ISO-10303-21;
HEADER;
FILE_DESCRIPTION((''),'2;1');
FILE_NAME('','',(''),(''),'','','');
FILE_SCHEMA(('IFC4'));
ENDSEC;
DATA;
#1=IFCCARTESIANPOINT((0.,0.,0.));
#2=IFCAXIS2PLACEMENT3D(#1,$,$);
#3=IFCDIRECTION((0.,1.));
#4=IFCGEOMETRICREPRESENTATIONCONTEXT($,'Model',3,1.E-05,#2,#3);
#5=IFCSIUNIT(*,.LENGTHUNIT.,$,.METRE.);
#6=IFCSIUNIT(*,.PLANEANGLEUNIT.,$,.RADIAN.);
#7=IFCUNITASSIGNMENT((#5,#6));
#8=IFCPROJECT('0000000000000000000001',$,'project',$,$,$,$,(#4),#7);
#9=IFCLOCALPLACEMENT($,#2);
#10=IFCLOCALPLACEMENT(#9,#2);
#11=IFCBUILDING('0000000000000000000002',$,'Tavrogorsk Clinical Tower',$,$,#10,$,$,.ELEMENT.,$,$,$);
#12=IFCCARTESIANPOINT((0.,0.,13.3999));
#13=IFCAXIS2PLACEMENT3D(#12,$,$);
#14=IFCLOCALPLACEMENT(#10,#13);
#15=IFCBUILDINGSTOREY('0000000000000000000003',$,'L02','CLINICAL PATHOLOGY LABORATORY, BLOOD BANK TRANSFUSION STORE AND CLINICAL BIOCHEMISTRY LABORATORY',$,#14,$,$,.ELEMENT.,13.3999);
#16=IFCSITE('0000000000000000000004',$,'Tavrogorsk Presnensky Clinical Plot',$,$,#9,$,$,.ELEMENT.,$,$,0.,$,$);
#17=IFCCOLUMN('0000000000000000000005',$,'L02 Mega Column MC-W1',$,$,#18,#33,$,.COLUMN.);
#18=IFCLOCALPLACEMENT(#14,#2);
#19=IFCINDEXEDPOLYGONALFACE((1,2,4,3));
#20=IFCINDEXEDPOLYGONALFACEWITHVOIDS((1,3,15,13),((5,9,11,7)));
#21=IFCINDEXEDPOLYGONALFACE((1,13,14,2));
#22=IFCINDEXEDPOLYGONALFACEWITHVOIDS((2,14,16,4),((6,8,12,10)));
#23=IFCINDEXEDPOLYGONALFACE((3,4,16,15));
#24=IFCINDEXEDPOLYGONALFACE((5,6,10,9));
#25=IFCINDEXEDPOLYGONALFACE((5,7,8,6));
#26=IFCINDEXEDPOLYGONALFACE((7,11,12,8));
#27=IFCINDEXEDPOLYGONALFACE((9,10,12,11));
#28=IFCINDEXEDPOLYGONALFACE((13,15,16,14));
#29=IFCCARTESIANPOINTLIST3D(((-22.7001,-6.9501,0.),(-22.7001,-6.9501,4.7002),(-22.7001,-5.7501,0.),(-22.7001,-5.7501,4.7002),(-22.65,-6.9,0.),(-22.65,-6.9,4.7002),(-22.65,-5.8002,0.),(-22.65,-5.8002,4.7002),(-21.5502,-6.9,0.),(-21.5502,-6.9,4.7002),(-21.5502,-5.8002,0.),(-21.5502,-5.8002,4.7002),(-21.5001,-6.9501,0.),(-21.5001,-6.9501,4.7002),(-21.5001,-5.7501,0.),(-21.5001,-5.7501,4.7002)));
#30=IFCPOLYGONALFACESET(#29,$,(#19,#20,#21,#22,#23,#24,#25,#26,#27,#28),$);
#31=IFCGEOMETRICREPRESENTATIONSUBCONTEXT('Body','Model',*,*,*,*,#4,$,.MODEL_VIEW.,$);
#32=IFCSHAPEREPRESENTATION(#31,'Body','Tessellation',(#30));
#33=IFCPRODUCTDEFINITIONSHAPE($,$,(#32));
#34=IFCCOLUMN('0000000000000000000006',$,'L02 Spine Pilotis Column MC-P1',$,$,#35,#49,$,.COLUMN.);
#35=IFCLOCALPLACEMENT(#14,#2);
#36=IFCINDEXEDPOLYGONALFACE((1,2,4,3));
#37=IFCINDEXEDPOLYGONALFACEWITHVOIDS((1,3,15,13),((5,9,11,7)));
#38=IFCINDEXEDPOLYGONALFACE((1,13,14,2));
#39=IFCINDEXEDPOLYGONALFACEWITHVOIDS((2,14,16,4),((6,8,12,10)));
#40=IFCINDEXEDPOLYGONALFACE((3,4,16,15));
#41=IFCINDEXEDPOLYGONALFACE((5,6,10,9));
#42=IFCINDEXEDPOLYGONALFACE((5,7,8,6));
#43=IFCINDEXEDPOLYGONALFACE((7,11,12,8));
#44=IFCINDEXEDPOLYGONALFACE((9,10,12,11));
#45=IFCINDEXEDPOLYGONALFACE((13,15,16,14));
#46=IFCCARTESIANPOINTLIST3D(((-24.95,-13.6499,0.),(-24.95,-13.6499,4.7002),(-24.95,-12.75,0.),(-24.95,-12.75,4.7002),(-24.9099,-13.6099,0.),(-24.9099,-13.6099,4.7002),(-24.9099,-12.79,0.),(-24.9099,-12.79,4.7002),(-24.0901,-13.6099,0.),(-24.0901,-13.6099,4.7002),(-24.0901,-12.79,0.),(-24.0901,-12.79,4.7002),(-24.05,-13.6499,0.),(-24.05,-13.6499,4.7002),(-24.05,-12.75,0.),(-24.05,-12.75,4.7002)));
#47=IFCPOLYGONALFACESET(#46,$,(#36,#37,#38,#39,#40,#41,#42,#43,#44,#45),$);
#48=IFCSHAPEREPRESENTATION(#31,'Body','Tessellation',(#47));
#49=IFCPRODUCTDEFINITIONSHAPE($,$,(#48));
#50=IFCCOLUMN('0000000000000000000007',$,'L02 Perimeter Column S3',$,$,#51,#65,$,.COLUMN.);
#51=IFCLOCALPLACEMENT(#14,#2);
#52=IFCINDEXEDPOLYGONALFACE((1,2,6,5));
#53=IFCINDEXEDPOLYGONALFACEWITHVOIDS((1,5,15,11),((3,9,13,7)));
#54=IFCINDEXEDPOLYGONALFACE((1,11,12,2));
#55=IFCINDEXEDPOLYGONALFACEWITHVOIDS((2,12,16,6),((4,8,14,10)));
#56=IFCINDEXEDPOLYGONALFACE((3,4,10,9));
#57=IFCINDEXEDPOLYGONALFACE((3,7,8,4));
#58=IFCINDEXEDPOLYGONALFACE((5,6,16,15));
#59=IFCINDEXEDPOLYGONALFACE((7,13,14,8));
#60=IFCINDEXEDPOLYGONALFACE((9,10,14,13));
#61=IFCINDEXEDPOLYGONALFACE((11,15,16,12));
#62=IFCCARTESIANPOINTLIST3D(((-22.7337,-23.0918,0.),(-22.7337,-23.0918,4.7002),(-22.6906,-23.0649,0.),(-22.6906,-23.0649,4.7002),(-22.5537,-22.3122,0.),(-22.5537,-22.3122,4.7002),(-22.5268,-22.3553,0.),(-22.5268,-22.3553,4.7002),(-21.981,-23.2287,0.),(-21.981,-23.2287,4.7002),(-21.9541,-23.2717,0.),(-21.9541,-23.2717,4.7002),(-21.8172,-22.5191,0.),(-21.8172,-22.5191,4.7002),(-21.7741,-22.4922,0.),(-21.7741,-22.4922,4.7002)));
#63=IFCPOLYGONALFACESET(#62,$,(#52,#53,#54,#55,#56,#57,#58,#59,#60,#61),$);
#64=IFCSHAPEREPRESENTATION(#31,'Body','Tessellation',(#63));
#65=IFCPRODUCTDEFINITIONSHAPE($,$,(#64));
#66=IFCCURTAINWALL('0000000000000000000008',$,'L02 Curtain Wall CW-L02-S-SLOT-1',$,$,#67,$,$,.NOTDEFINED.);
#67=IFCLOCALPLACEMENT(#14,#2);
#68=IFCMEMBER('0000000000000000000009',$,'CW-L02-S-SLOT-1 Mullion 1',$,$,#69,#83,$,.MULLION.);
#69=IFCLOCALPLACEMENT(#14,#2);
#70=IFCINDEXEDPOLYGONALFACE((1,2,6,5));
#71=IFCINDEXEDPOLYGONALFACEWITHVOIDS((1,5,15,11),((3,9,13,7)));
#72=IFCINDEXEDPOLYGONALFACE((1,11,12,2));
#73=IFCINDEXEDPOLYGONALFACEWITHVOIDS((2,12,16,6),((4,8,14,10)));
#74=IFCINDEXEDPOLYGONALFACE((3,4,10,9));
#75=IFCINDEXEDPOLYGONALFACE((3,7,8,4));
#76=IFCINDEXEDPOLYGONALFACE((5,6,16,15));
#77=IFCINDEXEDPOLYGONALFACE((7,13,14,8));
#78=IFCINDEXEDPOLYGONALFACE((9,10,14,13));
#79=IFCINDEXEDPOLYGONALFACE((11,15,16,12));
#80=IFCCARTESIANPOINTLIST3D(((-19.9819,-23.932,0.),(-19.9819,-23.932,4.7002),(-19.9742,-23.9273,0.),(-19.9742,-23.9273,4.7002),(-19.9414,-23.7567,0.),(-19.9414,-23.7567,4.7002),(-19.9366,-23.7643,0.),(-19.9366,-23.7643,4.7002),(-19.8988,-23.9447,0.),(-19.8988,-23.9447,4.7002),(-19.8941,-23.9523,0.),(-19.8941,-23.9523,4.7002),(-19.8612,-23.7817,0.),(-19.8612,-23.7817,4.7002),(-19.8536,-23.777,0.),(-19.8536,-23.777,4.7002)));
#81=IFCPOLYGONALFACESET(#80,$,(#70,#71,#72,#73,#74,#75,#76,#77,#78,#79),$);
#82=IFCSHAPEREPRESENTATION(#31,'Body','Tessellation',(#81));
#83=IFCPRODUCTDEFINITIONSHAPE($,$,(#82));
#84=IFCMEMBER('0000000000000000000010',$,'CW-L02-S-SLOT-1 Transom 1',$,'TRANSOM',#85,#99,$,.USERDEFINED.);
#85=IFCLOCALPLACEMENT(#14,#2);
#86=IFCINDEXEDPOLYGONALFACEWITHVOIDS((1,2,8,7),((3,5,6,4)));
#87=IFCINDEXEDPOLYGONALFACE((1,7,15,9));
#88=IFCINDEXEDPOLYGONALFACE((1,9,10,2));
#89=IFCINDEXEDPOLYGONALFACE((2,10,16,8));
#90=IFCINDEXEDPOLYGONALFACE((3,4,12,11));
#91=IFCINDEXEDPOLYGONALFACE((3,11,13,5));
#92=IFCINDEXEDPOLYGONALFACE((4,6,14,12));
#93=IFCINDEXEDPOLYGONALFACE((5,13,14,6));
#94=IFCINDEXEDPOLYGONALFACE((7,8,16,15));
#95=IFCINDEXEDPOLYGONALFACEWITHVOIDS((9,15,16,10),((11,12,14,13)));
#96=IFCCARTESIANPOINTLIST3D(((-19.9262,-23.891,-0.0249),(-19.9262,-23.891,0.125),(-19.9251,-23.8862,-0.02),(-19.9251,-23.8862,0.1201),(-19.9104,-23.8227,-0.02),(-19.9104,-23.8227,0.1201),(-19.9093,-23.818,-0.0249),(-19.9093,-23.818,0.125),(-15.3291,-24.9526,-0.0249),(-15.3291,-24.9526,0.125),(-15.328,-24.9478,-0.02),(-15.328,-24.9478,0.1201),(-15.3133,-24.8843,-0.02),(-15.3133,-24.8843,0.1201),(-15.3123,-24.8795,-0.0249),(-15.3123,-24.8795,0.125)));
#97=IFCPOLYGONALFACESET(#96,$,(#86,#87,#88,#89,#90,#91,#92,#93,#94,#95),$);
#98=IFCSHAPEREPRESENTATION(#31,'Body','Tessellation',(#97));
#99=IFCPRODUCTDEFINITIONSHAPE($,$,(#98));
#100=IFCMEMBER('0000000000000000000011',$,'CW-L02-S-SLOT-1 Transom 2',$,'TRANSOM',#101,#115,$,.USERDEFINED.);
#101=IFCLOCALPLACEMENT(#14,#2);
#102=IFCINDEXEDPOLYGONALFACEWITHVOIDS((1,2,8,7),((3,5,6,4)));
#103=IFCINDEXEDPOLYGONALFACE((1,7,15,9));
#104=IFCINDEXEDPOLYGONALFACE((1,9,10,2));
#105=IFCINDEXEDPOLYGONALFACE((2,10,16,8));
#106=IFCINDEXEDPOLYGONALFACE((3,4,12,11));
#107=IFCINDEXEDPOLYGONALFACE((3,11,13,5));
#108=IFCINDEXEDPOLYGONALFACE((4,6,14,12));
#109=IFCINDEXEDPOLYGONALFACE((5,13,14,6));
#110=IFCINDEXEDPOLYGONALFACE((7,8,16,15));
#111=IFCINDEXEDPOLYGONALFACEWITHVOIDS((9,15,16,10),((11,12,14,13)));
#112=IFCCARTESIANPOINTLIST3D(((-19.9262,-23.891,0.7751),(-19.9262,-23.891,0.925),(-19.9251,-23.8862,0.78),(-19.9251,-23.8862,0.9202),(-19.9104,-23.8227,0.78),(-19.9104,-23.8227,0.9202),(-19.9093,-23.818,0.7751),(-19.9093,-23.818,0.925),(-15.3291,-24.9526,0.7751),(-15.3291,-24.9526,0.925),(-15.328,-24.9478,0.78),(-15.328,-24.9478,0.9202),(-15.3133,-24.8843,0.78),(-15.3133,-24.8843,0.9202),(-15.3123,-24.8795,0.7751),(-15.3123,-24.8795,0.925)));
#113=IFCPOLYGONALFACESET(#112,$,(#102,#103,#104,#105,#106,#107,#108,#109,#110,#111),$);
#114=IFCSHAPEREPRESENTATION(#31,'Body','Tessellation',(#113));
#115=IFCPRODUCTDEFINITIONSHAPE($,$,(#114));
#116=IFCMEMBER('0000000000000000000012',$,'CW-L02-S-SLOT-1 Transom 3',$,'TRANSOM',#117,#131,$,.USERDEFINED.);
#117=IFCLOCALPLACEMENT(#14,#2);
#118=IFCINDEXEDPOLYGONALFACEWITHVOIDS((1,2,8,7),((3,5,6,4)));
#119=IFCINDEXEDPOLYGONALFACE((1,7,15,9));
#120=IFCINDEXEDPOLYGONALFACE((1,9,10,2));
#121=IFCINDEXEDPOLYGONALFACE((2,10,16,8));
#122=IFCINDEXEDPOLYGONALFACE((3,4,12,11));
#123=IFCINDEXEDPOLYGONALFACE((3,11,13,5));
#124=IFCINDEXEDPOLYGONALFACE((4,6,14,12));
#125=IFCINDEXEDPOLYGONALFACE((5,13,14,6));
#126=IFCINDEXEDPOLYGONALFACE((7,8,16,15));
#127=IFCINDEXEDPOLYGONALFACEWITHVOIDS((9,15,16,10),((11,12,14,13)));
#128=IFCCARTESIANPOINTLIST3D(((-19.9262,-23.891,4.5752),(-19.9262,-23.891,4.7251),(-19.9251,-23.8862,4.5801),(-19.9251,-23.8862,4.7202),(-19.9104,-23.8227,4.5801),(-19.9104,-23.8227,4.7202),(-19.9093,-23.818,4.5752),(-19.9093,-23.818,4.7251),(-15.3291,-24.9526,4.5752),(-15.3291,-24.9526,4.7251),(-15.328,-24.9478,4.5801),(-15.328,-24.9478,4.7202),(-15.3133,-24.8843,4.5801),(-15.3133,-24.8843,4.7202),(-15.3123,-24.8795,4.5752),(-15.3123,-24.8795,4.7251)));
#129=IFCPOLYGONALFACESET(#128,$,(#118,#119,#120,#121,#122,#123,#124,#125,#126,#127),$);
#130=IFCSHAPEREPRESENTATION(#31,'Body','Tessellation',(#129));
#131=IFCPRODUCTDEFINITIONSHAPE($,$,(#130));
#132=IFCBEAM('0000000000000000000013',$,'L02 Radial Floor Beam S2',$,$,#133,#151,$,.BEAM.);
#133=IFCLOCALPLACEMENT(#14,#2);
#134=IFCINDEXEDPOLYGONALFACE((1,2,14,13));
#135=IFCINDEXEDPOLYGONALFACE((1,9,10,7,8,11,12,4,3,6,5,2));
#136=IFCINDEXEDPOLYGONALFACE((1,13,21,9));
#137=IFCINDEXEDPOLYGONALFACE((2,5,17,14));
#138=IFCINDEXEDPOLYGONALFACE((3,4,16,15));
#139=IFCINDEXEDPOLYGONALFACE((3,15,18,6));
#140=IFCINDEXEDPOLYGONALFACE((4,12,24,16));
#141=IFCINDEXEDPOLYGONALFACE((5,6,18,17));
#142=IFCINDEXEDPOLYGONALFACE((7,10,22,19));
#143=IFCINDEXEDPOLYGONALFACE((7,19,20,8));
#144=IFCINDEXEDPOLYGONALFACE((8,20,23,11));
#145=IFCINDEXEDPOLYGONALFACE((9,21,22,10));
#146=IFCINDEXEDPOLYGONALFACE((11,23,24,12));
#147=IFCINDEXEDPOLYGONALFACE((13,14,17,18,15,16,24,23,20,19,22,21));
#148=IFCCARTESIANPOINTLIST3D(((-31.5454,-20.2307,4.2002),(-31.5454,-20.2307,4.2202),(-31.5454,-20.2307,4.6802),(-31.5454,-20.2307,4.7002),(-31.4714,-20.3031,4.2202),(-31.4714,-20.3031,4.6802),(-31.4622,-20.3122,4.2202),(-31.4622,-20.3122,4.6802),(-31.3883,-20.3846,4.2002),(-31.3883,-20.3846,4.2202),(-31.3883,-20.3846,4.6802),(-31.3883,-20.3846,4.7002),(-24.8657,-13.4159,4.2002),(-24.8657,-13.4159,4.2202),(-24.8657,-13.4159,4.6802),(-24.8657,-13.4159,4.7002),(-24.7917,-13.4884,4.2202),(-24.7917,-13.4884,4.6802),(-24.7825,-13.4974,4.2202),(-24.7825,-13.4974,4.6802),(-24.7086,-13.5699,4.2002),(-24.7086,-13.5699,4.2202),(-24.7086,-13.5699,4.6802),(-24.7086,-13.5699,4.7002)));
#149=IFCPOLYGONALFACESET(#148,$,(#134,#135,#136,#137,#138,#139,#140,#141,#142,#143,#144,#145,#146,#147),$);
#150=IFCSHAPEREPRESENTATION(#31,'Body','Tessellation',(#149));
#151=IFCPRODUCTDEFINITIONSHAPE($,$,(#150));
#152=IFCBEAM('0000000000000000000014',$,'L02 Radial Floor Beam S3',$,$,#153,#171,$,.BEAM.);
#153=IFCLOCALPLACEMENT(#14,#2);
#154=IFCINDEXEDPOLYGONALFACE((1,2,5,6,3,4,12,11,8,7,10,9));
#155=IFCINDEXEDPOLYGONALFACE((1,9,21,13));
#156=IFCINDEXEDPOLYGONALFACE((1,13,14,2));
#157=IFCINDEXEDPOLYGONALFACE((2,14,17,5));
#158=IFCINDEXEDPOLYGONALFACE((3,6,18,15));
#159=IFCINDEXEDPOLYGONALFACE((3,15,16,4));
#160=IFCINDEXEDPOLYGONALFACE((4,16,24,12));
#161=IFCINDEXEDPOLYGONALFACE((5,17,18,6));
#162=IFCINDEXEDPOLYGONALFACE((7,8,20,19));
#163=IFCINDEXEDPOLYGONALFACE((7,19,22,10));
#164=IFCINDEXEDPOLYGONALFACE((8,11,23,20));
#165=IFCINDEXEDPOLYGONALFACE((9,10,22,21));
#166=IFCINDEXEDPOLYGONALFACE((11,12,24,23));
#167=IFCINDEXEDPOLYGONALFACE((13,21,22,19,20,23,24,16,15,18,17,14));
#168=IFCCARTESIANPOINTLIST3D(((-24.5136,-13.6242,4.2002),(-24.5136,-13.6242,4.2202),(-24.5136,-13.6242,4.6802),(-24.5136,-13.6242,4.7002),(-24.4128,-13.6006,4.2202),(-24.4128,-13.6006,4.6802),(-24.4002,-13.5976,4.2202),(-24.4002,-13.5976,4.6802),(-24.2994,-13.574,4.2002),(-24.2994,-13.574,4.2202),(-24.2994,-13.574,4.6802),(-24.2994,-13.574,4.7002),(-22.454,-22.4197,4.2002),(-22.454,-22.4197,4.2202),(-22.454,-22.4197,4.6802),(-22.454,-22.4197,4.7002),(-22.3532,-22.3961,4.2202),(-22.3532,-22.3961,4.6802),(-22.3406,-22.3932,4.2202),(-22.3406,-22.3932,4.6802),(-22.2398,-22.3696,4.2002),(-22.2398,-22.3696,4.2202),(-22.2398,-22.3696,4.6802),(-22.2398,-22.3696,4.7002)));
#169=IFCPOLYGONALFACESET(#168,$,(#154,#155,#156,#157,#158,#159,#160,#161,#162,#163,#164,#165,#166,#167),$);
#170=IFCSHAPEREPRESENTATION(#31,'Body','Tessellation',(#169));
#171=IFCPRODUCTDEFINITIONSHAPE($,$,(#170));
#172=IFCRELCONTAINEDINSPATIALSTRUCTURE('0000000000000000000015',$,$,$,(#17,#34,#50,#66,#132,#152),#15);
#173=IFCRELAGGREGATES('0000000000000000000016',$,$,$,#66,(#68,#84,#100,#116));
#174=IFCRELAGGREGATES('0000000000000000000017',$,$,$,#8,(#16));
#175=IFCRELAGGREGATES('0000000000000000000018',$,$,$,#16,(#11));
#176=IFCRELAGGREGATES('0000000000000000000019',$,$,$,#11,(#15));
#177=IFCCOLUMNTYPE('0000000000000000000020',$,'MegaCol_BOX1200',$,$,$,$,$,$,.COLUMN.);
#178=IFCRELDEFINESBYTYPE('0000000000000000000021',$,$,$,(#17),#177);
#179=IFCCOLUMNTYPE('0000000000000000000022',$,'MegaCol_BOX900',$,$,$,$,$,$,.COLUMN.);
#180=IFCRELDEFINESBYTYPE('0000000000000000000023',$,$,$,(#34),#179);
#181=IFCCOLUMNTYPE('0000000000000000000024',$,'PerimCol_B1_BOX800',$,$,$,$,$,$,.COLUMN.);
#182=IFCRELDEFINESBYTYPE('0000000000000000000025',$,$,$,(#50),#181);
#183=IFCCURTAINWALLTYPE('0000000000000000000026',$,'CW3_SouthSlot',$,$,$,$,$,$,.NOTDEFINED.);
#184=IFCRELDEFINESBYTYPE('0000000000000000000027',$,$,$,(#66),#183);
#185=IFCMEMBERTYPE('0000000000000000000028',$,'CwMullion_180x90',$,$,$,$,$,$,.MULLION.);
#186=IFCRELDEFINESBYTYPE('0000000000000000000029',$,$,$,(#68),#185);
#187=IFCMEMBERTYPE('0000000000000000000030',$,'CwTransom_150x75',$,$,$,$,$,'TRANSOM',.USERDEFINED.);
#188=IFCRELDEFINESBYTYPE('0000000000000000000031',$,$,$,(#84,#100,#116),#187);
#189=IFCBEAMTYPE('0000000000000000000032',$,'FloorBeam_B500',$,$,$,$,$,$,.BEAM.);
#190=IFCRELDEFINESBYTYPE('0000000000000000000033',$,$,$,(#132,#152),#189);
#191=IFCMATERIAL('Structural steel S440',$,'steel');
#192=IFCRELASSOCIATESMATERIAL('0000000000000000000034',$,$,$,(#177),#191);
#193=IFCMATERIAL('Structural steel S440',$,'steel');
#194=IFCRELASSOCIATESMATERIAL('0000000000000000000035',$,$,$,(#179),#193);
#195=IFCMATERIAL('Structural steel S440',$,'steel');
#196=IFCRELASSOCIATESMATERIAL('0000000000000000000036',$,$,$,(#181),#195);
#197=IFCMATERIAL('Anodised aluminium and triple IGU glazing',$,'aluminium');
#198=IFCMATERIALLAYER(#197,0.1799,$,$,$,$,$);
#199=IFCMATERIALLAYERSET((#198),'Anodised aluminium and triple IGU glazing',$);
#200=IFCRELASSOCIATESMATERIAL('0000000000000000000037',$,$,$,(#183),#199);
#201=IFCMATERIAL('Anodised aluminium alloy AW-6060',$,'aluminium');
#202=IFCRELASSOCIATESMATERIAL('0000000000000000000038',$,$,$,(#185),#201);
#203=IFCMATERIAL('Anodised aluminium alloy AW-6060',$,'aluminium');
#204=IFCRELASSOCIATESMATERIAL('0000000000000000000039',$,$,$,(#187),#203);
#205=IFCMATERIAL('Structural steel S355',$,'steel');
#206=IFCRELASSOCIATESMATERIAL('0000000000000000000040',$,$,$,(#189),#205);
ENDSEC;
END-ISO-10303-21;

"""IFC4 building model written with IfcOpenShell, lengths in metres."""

from ifc_helpers import new_model, si_unit, direction, frame, origin, origin_2d, place, context, subcontext, project, spatial, hollow_rectangle, i_section, extrude, material, layer, layer_set, material_profile, profile_set, type_object, element, aggregate, save


model = new_model("IFC4")

# Units and contexts
model_context = context("Model", 3, precision=1e-05, world=origin(), true_north=direction((0.0, 1.0)))
body_context = subcontext(model_context, "Body", "Model", "MODEL_VIEW")
ifc_project = project(units=[si_unit("LENGTHUNIT", "METRE"), si_unit("PLANEANGLEUNIT", "RADIAN")], contexts=[model_context])

# Site, building, storey
site_placement = place(None, origin())
site = spatial("IfcSite", under=ifc_project, at=site_placement, Name="Tavrogorsk Presnensky Clinical Plot", CompositionType="ELEMENT", RefElevation=0.0)
building_placement = place(site_placement, origin())
building = spatial("IfcBuilding", under=site, at=building_placement, Name="Tavrogorsk Clinical Tower", CompositionType="ELEMENT")
storey_placement = place(building_placement, frame((0.0, 0.0, 13.3999)))
storey = spatial("IfcBuildingStorey", under=building, at=storey_placement, Name="L02", Description="CLINICAL PATHOLOGY LABORATORY, BLOOD BANK TRANSFUSION STORE AND CLINICAL BIOCHEMISTRY LABORATORY", CompositionType="ELEMENT", Elevation=13.3999)

# Columns
ifc_material_1 = material(Name="Structural steel S440", Category="steel")
ifc_material_profile_1 = material_profile(ifc_material_1, hollow_rectangle(XDim=1.2, YDim=1.2, WallThickness=0.05, at=origin_2d()), Name="BOX-1200x1200x50")
ifc_profile_set_1 = profile_set([ifc_material_profile_1], Name="Structural steel S440")
column_type_1 = type_object("IfcColumnType", Name="MegaCol_BOX1200", PredefinedType="COLUMN", material=ifc_profile_set_1)
column_1_placement = place(storey_placement, frame((-22.1001, -6.3501, 0.0), z_axis=(0.0, 0.0, 1.0), x_axis=(1.0, 0.0, 0.0)))
element("IfcColumn", 1, at=column_1_placement, inside=storey, type_object=column_type_1, Name="L02 Mega Column MC-W1", PredefinedType="COLUMN", context=body_context, shape_type="SweptSolid", body=[
    extrude(hollow_rectangle(XDim=1.2, YDim=1.2, WallThickness=0.05, at=origin_2d()), origin(), (0.0, 0.0, 1.0), 4.7002),
])
ifc_material_2 = material(Name="Structural steel S440", Category="steel")
ifc_material_profile_2 = material_profile(ifc_material_2, hollow_rectangle(XDim=0.8999, YDim=0.8999, WallThickness=0.04, at=origin_2d()), Name="BOX-900x900x40")
ifc_profile_set_2 = profile_set([ifc_material_profile_2], Name="Structural steel S440")
column_type_2 = type_object("IfcColumnType", Name="MegaCol_BOX900", PredefinedType="COLUMN", material=ifc_profile_set_2)
column_2_placement = place(storey_placement, frame((-24.5, -13.2, 0.0), z_axis=(0.0, 0.0, 1.0), x_axis=(1.0, 0.0, 0.0)))
element("IfcColumn", 2, at=column_2_placement, inside=storey, type_object=column_type_2, Name="L02 Spine Pilotis Column MC-P1", PredefinedType="COLUMN", context=body_context, shape_type="SweptSolid", body=[
    extrude(hollow_rectangle(XDim=0.8999, YDim=0.8999, WallThickness=0.04, at=origin_2d()), origin(), (0.0, 0.0, 1.0), 4.7002),
])
ifc_material_3 = material(Name="Structural steel S440", Category="steel")
ifc_material_profile_3 = material_profile(ifc_material_3, hollow_rectangle(XDim=0.8, YDim=0.8, WallThickness=0.0359, at=origin_2d()), Name="BOX-800x800x36")
ifc_profile_set_3 = profile_set([ifc_material_profile_3], Name="Structural steel S440")
column_type_3 = type_object("IfcColumnType", Name="PerimCol_B1_BOX800", PredefinedType="COLUMN", material=ifc_profile_set_3)
column_3_placement = place(storey_placement, frame((-22.2539, -22.792, 0.0), z_axis=(0.0, 0.0, 1.0), x_axis=(0.97437, -0.224951, 0.0)))
element("IfcColumn", 3, at=column_3_placement, inside=storey, type_object=column_type_3, Name="L02 Perimeter Column S3", PredefinedType="COLUMN", context=body_context, shape_type="SweptSolid", body=[
    extrude(hollow_rectangle(XDim=0.8, YDim=0.8, WallThickness=0.0359, at=origin_2d()), origin(), (0.0, 0.0, 1.0), 4.7002),
])

# Curtain wall, members
ifc_material_4 = material(Name="Anodised aluminium and triple IGU glazing", Category="aluminium")
ifc_layer_1 = layer(ifc_material_4, 0.1799)
ifc_layer_set_1 = layer_set([ifc_layer_1], Name="Anodised aluminium and triple IGU glazing")
curtain_wall_type = type_object("IfcCurtainWallType", Name="CW3_SouthSlot", PredefinedType="NOTDEFINED", material=ifc_layer_set_1)
curtain_wall_placement = place(storey_placement, origin())
curtain_wall = element("IfcCurtainWall", 4, at=curtain_wall_placement, inside=storey, type_object=curtain_wall_type, Name="L02 Curtain Wall CW-L02-S-SLOT-1", PredefinedType="NOTDEFINED")
ifc_material_5 = material(Name="Anodised aluminium alloy AW-6060", Category="aluminium")
ifc_material_profile_4 = material_profile(ifc_material_5, hollow_rectangle(XDim=0.0901, YDim=0.1799, WallThickness=0.0063, at=origin_2d()), Name="RHS-180x90x6.3")
ifc_profile_set_4 = profile_set([ifc_material_profile_4], Name="Anodised aluminium alloy AW-6060")
member_type_1 = type_object("IfcMemberType", Name="CwMullion_180x90", PredefinedType="MULLION", material=ifc_profile_set_4)
member_1_placement = place(storey_placement, frame((-19.9177, -23.8545, 0.0), z_axis=(0.0, 0.0, 1.0), x_axis=(0.97437, -0.224951, 0.0)))
member_1 = element("IfcMember", 5, at=member_1_placement, type_object=member_type_1, Name="CW-L02-S-SLOT-1 Mullion 1", PredefinedType="MULLION", context=body_context, shape_type="SweptSolid", body=[
    extrude(hollow_rectangle(XDim=0.0901, YDim=0.1799, WallThickness=0.0063, at=origin_2d()), origin(), (0.0, 0.0, 1.0), 4.7002),
])
ifc_material_6 = material(Name="Anodised aluminium alloy AW-6060", Category="aluminium")
ifc_material_profile_5 = material_profile(ifc_material_6, hollow_rectangle(XDim=0.075, YDim=0.1499, WallThickness=0.0049, at=origin_2d()), Name="RHS-150x75x5")
ifc_profile_set_5 = profile_set([ifc_material_profile_5], Name="Anodised aluminium alloy AW-6060")
member_type_2 = type_object("IfcMemberType", Name="CwTransom_150x75", ElementType="TRANSOM", PredefinedType="USERDEFINED", material=ifc_profile_set_5)
member_2_placement = place(storey_placement, frame((-19.9177, -23.8545, 0.05), z_axis=(0.974359, -0.224999, 0.0), x_axis=(0.224999, 0.974359, 0.0)))
member_2 = element("IfcMember", 6, at=member_2_placement, type_object=member_type_2, Name="CW-L02-S-SLOT-1 Transom 1", ObjectType="TRANSOM", PredefinedType="USERDEFINED", context=body_context, shape_type="SweptSolid", body=[
    extrude(hollow_rectangle(XDim=0.075, YDim=0.1499, WallThickness=0.0049, at=origin_2d()), origin(), (0.0, 0.0, 1.0), 4.718),
])
member_3_placement = place(storey_placement, frame((-19.9177, -23.8545, 0.8501), z_axis=(0.974359, -0.224999, 0.0), x_axis=(0.224999, 0.974359, 0.0)))
member_3 = element("IfcMember", 7, at=member_3_placement, type_object=member_type_2, Name="CW-L02-S-SLOT-1 Transom 2", ObjectType="TRANSOM", PredefinedType="USERDEFINED", context=body_context, shape_type="SweptSolid", body=[
    extrude(hollow_rectangle(XDim=0.075, YDim=0.1499, WallThickness=0.0049, at=origin_2d()), origin(), (0.0, 0.0, 1.0), 4.718),
])
member_4_placement = place(storey_placement, frame((-19.9177, -23.8545, 4.6501), z_axis=(0.974359, -0.224999, 0.0), x_axis=(0.224999, 0.974359, 0.0)))
member_4 = element("IfcMember", 8, at=member_4_placement, type_object=member_type_2, Name="CW-L02-S-SLOT-1 Transom 3", ObjectType="TRANSOM", PredefinedType="USERDEFINED", context=body_context, shape_type="SweptSolid", body=[
    extrude(hollow_rectangle(XDim=0.075, YDim=0.1499, WallThickness=0.0049, at=origin_2d()), origin(), (0.0, 0.0, 1.0), 4.718),
])

# Beams
ifc_material_7 = material(Name="Structural steel S355", Category="steel")
ifc_material_profile_6 = material_profile(ifc_material_7, i_section(OverallWidth=0.22, OverallDepth=0.5, WebThickness=0.0129, FlangeThickness=0.02, at=origin_2d()), Name="B-500x220x13x20")
ifc_profile_set_6 = profile_set([ifc_material_profile_6], Name="Structural steel S355")
beam_type_1 = type_object("IfcBeamType", Name="FloorBeam_B500", PredefinedType="BEAM", material=ifc_profile_set_6)
beam_1_placement = place(storey_placement, frame((-24.7871, -13.4929, 4.4502), z_axis=(-0.699997, -0.714146, 0.0), x_axis=(0.714146, -0.699997, 0.0)))
element("IfcBeam", 9, at=beam_1_placement, inside=storey, type_object=beam_type_1, Name="L02 Radial Floor Beam S2", PredefinedType="BEAM", context=body_context, shape_type="SweptSolid", body=[
    extrude(i_section(OverallWidth=0.22, OverallDepth=0.5, WebThickness=0.0129, FlangeThickness=0.02, at=origin_2d()), origin(), (0.0, 0.0, 1.0), 9.5425),
])
beam_2_placement = place(storey_placement, frame((-24.4065, -13.5991, 4.4502), z_axis=(0.227997, -0.973662, 0.0), x_axis=(0.973662, 0.227997, 0.0)))
element("IfcBeam", 10, at=beam_2_placement, inside=storey, type_object=beam_type_1, Name="L02 Radial Floor Beam S3", PredefinedType="BEAM", context=body_context, shape_type="SweptSolid", body=[
    extrude(i_section(OverallWidth=0.22, OverallDepth=0.5, WebThickness=0.0129, FlangeThickness=0.02, at=origin_2d()), origin(), (0.0, 0.0, 1.0), 9.0334),
])

aggregate(curtain_wall, [member_1, member_2, member_3, member_4])

save(model, "model.ifc")
